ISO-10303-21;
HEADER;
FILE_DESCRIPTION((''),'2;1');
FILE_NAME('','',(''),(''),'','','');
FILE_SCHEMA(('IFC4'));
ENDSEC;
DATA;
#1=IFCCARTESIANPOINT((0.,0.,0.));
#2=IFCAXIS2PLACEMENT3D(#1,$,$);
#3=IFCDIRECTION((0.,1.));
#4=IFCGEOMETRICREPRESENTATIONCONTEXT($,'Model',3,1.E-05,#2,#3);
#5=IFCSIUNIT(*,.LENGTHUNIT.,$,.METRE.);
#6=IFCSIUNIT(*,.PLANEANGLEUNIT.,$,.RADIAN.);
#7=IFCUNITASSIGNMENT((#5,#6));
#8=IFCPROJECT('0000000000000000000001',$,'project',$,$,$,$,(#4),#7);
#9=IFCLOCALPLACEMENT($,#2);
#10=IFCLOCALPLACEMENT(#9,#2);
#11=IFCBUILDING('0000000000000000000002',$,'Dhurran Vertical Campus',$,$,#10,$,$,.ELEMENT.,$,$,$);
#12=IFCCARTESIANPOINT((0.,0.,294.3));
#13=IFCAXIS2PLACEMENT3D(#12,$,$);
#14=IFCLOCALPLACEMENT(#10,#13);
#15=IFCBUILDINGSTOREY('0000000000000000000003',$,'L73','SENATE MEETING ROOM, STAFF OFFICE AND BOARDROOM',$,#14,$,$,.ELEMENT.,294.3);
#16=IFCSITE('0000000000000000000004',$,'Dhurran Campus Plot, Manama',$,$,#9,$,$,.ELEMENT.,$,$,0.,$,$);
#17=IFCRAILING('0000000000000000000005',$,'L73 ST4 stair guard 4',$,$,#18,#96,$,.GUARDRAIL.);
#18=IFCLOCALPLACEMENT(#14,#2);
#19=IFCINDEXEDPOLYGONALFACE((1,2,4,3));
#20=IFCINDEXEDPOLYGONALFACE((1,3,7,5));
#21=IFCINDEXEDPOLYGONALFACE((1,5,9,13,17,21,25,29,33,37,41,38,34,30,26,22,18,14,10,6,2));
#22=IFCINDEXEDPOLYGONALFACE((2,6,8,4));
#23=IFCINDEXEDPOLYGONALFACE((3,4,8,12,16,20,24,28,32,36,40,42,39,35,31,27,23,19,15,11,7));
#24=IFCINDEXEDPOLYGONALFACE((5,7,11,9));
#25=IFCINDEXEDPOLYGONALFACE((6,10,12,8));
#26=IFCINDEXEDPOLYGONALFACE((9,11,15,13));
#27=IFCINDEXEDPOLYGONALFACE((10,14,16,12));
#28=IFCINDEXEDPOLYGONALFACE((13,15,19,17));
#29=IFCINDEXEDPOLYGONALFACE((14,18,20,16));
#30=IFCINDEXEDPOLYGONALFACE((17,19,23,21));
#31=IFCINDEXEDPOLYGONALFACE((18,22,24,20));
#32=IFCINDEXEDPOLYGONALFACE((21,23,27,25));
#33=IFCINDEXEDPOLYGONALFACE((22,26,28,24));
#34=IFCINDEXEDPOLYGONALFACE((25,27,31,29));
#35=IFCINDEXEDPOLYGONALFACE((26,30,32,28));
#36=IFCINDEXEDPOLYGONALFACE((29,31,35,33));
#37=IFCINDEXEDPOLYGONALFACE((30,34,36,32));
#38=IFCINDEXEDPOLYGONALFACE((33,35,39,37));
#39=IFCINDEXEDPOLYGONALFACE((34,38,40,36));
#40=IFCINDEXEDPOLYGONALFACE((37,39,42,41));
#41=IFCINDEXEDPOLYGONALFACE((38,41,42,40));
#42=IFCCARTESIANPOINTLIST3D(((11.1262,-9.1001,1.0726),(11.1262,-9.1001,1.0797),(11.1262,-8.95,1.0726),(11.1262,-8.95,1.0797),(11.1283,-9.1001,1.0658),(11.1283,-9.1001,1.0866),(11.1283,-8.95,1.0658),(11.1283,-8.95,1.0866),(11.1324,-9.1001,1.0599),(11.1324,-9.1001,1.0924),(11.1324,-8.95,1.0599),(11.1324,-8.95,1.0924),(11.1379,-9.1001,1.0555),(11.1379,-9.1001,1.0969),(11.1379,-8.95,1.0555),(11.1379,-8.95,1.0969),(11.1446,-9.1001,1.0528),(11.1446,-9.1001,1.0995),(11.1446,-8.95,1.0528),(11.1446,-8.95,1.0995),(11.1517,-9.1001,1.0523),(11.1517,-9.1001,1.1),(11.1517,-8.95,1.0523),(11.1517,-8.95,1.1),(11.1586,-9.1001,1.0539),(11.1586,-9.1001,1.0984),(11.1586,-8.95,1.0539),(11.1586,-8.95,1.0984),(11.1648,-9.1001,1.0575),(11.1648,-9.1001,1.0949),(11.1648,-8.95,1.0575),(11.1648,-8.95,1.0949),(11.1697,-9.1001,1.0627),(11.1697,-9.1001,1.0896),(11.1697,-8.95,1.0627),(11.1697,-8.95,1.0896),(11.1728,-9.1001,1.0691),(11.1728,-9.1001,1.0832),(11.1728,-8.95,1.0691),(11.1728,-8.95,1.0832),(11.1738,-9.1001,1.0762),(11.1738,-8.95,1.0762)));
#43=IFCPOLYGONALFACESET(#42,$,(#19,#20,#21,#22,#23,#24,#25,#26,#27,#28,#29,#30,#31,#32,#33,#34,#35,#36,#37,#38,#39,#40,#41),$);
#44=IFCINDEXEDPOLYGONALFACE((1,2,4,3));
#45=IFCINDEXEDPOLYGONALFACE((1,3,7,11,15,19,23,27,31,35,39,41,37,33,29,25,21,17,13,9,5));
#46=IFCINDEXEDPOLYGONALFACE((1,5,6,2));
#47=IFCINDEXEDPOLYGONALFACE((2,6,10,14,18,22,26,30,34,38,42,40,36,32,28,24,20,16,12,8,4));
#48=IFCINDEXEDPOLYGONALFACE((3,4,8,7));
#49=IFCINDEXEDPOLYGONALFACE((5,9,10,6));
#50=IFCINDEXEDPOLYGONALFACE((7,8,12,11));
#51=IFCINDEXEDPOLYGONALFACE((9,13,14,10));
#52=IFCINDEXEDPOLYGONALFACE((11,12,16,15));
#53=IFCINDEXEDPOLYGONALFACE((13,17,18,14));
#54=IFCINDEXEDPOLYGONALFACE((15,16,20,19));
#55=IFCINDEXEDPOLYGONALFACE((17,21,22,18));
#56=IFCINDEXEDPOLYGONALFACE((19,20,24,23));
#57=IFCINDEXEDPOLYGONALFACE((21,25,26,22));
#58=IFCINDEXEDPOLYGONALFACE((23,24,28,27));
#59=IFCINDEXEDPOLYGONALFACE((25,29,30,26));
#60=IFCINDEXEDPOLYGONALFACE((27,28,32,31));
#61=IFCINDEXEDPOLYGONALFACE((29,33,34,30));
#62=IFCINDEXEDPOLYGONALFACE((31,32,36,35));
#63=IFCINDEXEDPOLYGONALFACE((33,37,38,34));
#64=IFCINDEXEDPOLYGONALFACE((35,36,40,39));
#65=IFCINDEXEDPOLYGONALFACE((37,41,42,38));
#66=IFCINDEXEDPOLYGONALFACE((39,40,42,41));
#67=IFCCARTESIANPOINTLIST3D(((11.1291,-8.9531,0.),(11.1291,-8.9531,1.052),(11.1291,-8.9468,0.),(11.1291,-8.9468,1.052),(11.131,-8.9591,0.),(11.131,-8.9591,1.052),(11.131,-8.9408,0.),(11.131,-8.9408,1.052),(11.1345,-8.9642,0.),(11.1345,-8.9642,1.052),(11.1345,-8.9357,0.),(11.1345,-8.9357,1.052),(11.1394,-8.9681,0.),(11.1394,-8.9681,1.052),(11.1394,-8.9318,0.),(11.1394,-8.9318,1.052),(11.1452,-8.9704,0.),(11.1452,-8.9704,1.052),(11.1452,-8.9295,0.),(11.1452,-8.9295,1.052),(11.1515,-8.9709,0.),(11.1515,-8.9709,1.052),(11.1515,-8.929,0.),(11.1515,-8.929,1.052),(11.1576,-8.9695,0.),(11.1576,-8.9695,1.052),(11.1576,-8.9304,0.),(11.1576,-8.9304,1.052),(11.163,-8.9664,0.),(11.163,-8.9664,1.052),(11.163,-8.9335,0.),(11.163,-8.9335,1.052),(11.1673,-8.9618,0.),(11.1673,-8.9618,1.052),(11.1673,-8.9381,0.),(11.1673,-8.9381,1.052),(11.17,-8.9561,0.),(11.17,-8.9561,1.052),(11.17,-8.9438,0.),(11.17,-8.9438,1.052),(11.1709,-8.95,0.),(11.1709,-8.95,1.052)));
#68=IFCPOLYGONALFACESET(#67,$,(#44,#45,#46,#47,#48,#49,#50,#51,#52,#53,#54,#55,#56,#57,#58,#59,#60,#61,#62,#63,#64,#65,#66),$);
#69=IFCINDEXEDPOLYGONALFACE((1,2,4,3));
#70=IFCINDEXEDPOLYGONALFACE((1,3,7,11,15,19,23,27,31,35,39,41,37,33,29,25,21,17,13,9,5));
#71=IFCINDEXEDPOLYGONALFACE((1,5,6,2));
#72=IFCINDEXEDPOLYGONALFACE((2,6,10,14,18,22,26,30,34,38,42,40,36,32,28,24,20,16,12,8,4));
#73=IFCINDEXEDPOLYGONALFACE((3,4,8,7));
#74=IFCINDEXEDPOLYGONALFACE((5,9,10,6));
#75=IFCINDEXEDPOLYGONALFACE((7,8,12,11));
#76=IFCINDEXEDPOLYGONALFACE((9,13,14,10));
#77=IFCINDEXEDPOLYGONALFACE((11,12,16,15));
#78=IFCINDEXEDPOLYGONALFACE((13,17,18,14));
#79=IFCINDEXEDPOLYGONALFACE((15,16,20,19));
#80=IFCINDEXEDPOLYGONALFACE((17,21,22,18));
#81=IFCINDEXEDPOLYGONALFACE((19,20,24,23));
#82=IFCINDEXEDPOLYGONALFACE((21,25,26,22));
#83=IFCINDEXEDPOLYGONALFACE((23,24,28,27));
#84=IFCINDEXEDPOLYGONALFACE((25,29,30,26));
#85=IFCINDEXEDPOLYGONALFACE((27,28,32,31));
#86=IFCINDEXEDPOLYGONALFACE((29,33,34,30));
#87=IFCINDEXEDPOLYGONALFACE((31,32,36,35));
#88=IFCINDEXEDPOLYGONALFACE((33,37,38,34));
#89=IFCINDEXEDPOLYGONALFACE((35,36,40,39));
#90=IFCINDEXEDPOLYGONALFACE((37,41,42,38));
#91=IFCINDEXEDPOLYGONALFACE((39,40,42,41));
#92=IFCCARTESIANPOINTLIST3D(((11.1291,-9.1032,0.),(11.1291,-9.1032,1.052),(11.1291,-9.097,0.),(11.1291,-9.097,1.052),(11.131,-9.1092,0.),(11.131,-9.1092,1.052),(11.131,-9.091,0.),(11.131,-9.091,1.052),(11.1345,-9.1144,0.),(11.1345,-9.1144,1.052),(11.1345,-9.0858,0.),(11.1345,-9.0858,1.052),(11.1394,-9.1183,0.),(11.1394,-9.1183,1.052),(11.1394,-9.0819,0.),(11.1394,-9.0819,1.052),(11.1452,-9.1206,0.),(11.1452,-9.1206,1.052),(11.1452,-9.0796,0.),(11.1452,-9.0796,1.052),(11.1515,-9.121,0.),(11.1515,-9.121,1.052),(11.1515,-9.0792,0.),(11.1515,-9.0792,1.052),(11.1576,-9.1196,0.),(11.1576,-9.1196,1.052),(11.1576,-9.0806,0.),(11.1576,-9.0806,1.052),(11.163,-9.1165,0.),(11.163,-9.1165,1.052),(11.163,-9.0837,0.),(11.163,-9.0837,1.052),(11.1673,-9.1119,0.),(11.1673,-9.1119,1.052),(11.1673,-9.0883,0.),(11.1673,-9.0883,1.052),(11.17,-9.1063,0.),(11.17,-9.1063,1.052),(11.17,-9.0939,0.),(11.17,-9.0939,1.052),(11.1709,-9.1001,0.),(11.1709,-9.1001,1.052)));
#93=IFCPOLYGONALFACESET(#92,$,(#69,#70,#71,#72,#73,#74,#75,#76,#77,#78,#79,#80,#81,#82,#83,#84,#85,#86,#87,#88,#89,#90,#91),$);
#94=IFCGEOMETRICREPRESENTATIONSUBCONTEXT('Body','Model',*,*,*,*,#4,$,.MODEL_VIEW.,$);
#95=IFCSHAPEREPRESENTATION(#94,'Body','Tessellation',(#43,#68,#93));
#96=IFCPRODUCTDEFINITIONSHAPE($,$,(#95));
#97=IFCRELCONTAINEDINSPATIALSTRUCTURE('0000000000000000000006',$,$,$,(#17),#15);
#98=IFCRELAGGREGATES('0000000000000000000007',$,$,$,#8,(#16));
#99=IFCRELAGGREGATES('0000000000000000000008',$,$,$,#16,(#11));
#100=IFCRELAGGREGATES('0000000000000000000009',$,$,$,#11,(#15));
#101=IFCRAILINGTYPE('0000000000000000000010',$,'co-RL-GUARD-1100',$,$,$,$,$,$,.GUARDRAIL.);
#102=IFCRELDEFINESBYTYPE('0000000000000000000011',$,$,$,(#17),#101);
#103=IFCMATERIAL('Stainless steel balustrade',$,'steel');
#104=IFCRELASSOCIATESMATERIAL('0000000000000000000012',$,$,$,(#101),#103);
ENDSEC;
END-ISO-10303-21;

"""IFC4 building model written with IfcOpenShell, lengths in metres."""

from ifc_helpers import new_model, si_unit, direction, frame, origin, origin_2d, place, context, subcontext, project, spatial, circle, extrude, material, type_object, element, save


model = new_model("IFC4")

# Units and contexts
model_context = context("Model", 3, precision=1e-05, world=origin(), true_north=direction((0.0, 1.0)))
body_context = subcontext(model_context, "Body", "Model", "MODEL_VIEW")
ifc_project = project(units=[si_unit("LENGTHUNIT", "METRE"), si_unit("PLANEANGLEUNIT", "RADIAN")], contexts=[model_context])

# Site, building, storey
site_placement = place(None, origin())
site = spatial("IfcSite", under=ifc_project, at=site_placement, Name="Dhurran Campus Plot, Manama", CompositionType="ELEMENT", RefElevation=0.0)
building_placement = place(site_placement, origin())
building = spatial("IfcBuilding", under=site, at=building_placement, Name="Dhurran Vertical Campus", CompositionType="ELEMENT")
storey_placement = place(building_placement, frame((0.0, 0.0, 294.3)))
storey = spatial("IfcBuildingStorey", under=building, at=storey_placement, Name="L73", Description="SENATE MEETING ROOM, STAFF OFFICE AND BOARDROOM", CompositionType="ELEMENT", Elevation=294.3)

# Railing
ifc_material_1 = material(Name="Stainless steel balustrade", Category="steel")
railing_type_1 = type_object("IfcRailingType", Name="co-RL-GUARD-1100", PredefinedType="GUARDRAIL", material=ifc_material_1)
railing_1_placement = place(storey_placement, frame((11.1499, -8.95, 0.0)))
element("IfcRailing", 1, at=railing_1_placement, inside=storey, type_object=railing_type_1, Name="L73 ST4 stair guard 4", PredefinedType="GUARDRAIL", context=body_context, shape_type="SweptSolid", body=[
    extrude(circle(Radius=0.0239, at=origin_2d()), frame((0.0, 0.0, 1.0762), z_axis=(0.0, -1.0, 0.0), x_axis=(1.0, 0.0, 0.0)), (0.0, 0.0, 1.0), 0.1501),
    extrude(circle(Radius=0.021, at=origin_2d()), origin(), (0.0, 0.0, 1.0), 1.052),
    extrude(circle(Radius=0.021, at=origin_2d()), frame((0.0, -0.1501, 0.0)), (0.0, 0.0, 1.0), 1.052),
])

save(model, "model.ifc")
